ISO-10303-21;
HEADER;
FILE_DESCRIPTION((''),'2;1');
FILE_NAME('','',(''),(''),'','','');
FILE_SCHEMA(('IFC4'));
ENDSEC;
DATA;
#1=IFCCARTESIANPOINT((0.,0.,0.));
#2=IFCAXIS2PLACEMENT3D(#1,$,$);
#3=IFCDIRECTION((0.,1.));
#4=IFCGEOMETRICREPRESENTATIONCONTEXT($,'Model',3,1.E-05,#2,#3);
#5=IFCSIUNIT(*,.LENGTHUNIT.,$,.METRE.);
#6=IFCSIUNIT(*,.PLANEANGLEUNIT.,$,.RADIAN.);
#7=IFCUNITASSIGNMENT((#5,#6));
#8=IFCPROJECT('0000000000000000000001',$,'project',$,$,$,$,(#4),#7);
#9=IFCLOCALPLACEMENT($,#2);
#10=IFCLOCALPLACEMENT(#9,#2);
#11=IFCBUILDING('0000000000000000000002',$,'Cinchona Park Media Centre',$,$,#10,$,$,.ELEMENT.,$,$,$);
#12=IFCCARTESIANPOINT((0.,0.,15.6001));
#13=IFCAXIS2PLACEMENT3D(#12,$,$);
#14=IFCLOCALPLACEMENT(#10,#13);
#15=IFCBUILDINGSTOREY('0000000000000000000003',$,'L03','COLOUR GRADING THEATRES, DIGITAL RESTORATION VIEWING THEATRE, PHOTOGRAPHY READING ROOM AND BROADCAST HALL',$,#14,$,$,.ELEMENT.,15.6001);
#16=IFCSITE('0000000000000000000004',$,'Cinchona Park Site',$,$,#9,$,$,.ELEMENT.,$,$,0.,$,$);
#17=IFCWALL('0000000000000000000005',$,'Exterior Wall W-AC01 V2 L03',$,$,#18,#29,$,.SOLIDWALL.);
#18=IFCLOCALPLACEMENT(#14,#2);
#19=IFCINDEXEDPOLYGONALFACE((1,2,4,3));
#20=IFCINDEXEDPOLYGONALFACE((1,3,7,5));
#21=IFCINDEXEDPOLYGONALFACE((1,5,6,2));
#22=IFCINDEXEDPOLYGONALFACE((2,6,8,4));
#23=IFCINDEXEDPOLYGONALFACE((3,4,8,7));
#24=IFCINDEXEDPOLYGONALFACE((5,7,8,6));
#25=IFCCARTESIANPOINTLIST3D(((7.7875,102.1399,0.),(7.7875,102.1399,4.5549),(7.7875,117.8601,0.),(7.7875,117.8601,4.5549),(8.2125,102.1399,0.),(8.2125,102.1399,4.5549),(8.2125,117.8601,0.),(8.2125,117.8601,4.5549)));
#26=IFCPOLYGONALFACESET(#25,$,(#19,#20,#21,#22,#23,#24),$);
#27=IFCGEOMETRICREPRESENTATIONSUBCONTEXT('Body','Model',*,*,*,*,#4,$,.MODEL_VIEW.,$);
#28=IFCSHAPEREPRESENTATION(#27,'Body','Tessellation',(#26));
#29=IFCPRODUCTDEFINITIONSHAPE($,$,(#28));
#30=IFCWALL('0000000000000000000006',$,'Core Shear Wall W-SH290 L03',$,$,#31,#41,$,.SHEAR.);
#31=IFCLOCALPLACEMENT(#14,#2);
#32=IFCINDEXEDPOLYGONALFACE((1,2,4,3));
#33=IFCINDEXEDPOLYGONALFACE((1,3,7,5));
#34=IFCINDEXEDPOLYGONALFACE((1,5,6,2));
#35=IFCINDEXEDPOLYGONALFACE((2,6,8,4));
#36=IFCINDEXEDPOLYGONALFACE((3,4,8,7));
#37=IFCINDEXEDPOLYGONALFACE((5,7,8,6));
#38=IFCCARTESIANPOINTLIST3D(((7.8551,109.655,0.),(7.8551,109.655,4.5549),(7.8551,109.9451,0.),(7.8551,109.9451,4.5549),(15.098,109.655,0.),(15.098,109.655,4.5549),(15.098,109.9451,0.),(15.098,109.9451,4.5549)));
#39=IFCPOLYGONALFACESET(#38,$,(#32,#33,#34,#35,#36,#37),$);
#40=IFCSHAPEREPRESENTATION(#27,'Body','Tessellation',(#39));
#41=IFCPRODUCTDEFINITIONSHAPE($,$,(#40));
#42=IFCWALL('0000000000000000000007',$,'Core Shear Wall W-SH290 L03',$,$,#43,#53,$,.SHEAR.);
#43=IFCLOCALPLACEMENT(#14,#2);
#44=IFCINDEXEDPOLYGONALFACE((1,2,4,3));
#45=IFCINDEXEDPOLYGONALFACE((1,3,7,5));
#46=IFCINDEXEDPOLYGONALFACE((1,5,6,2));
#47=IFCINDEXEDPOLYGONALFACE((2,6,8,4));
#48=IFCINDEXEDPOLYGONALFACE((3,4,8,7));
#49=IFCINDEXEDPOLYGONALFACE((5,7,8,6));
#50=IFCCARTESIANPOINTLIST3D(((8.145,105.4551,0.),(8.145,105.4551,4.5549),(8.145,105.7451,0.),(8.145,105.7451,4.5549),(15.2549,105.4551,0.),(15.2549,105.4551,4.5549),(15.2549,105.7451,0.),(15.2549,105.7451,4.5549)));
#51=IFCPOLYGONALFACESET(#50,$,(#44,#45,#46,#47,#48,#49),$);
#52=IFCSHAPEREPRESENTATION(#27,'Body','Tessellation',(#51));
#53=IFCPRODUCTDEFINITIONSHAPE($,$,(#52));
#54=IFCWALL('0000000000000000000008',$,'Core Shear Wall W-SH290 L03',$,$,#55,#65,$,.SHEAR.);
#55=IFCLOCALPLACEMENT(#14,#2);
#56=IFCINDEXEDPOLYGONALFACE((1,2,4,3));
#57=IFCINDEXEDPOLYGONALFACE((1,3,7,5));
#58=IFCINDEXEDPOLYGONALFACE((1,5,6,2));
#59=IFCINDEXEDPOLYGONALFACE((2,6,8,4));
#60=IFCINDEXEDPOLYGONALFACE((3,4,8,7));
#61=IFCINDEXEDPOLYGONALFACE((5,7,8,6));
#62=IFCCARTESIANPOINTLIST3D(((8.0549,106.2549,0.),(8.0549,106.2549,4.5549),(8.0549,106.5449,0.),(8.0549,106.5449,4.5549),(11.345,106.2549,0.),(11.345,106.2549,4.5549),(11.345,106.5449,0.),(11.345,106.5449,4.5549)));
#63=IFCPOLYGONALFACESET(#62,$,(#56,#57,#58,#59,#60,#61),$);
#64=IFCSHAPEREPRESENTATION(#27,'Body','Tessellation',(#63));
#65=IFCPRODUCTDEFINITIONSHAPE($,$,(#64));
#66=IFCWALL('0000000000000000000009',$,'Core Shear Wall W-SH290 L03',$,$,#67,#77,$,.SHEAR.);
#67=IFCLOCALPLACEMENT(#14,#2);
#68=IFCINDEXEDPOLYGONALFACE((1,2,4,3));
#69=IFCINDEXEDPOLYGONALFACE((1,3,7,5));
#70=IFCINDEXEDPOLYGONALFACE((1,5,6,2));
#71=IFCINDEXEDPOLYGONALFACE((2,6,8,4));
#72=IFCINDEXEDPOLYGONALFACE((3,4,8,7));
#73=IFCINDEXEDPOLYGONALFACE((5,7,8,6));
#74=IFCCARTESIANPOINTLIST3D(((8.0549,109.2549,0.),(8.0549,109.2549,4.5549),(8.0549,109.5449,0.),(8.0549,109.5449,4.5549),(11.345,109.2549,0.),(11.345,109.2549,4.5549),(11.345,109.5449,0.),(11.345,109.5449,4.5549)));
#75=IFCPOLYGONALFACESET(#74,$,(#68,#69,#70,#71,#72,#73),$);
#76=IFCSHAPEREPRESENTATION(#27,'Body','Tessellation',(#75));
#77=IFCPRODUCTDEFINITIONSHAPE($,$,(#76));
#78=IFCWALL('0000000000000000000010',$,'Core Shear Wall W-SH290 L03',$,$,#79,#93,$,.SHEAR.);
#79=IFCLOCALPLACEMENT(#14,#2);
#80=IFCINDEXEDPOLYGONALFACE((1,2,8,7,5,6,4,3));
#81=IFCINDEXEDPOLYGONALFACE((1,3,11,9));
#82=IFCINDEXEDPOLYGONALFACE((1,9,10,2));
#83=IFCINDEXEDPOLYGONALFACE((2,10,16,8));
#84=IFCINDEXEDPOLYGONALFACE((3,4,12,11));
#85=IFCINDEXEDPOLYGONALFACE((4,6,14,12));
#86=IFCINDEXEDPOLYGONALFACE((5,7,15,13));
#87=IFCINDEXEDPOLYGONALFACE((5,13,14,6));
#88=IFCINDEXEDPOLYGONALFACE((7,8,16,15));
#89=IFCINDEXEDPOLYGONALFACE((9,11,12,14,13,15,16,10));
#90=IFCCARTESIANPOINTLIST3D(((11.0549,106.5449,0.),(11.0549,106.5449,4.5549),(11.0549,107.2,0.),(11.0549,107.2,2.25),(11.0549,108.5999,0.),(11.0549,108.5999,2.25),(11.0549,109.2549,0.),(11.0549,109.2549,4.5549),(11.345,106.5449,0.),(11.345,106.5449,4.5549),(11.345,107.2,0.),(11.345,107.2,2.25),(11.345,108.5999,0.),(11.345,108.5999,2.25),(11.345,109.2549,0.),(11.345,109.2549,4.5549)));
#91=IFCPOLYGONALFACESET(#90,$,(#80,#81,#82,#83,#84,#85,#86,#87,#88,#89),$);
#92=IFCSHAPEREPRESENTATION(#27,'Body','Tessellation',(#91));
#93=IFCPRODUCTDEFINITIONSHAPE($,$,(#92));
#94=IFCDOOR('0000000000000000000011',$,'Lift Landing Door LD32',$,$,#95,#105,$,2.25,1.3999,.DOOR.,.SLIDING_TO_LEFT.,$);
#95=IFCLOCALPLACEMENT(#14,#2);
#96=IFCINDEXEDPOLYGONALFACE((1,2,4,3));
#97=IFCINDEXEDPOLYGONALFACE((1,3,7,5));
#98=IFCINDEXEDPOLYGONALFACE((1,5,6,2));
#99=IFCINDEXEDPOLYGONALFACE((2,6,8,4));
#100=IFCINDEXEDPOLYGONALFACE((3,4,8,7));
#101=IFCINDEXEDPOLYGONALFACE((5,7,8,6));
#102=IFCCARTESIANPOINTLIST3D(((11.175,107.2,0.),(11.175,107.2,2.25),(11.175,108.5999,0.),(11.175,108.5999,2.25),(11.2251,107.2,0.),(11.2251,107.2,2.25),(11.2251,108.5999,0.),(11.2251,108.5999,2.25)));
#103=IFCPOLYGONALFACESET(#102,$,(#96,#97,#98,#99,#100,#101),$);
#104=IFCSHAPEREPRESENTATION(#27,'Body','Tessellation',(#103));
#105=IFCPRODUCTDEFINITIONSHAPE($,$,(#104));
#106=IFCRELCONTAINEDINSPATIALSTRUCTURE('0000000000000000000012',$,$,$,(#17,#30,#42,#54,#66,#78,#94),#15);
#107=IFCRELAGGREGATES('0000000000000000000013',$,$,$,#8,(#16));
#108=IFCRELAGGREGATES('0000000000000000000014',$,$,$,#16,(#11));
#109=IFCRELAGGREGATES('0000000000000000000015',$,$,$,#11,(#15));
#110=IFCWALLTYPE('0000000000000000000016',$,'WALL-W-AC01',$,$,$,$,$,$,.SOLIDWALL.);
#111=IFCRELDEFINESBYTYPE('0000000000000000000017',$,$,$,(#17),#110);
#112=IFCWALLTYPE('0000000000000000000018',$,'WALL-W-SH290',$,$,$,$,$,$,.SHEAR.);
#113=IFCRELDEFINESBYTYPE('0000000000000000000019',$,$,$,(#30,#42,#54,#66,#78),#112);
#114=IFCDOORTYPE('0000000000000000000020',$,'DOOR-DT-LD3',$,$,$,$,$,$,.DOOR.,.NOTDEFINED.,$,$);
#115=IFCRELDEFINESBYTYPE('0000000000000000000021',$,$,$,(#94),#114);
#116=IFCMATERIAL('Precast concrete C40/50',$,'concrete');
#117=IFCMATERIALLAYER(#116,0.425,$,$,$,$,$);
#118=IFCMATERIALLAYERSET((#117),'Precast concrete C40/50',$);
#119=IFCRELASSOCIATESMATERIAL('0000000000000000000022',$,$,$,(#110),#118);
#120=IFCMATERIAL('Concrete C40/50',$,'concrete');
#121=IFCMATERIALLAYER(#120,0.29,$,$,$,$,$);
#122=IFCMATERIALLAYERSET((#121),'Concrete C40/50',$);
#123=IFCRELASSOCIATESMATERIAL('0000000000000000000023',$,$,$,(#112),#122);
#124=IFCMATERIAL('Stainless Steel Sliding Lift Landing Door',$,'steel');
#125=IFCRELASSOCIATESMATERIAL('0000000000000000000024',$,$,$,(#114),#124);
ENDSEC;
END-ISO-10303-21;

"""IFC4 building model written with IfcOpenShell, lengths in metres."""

from ifc_helpers import new_model, si_unit, direction, frame, frame_2d, origin, place, context, subcontext, project, spatial, rectangle, extrude, material, layer, layer_set, type_object, element, fill, save


model = new_model("IFC4")

# Units and contexts
model_context = context("Model", 3, precision=1e-05, world=origin(), true_north=direction((0.0, 1.0)))
body_context = subcontext(model_context, "Body", "Model", "MODEL_VIEW")
ifc_project = project(units=[si_unit("LENGTHUNIT", "METRE"), si_unit("PLANEANGLEUNIT", "RADIAN")], contexts=[model_context])

# Site, building, storey
site_placement = place(None, origin())
site = spatial("IfcSite", under=ifc_project, at=site_placement, Name="Cinchona Park Site", CompositionType="ELEMENT", RefElevation=0.0)
building_placement = place(site_placement, origin())
building = spatial("IfcBuilding", under=site, at=building_placement, Name="Cinchona Park Media Centre", CompositionType="ELEMENT")
storey_placement = place(building_placement, frame((0.0, 0.0, 15.6001)))
storey = spatial("IfcBuildingStorey", under=building, at=storey_placement, Name="L03", Description="COLOUR GRADING THEATRES, DIGITAL RESTORATION VIEWING THEATRE, PHOTOGRAPHY READING ROOM AND BROADCAST HALL", CompositionType="ELEMENT", Elevation=15.6001)

# Walls
ifc_material_1 = material(Name="Precast concrete C40/50", Category="concrete")
ifc_layer_1 = layer(ifc_material_1, 0.425)
ifc_layer_set_1 = layer_set([ifc_layer_1], Name="Precast concrete C40/50")
wall_type_1 = type_object("IfcWallType", Name="WALL-W-AC01", PredefinedType="SOLIDWALL", material=ifc_layer_set_1)
wall_1_placement = place(storey_placement, frame((8.0, 102.1399, 0.0), z_axis=(0.0, 0.0, 1.0), x_axis=(0.0, 1.0, 0.0)))
element("IfcWall", 1, at=wall_1_placement, inside=storey, type_object=wall_type_1, Name="Exterior Wall W-AC01 V2 L03", PredefinedType="SOLIDWALL", context=body_context, shape_type="SweptSolid", body=[
    extrude(rectangle(XDim=15.7202, YDim=0.425, at=frame_2d((7.8601, 0.0))), origin(), (0.0, 0.0, 1.0), 4.5549),
])
ifc_material_2 = material(Name="Concrete C40/50", Category="concrete")
ifc_layer_2 = layer(ifc_material_2, 0.29)
ifc_layer_set_2 = layer_set([ifc_layer_2], Name="Concrete C40/50")
wall_type_2 = type_object("IfcWallType", Name="WALL-W-SH290", PredefinedType="SHEAR", material=ifc_layer_set_2)
wall_2_placement = place(storey_placement, frame((7.855, 109.8, 0.0), z_axis=(0.0, 0.0, 1.0), x_axis=(1.0, 0.0, 0.0)))
element("IfcWall", 2, at=wall_2_placement, inside=storey, type_object=wall_type_2, Name="Core Shear Wall W-SH290 L03", PredefinedType="SHEAR", context=body_context, shape_type="SweptSolid", body=[
    extrude(rectangle(XDim=7.2429, YDim=0.29, at=frame_2d((3.6216, 0.0))), origin(), (0.0, 0.0, 1.0), 4.5549),
])

# Walls
wall_3_placement = place(storey_placement, frame((8.145, 105.6001, 0.0), z_axis=(0.0, 0.0, 1.0), x_axis=(1.0, 0.0, 0.0)))
element("IfcWall", 3, at=wall_3_placement, inside=storey, type_object=wall_type_2, Name="Core Shear Wall W-SH290 L03", PredefinedType="SHEAR", context=body_context, shape_type="SweptSolid", body=[
    extrude(rectangle(XDim=7.1099, YDim=0.29, at=frame_2d((3.5549, 0.0))), origin(), (0.0, 0.0, 1.0), 4.5549),
])
for number, where, z_axis, x_axis, name in (
    (4, (8.0549, 106.3999, 0.0), (0.0, 0.0, 1.0), (1.0, 0.0, 0.0), "Core Shear Wall W-SH290 L03"),
    (5, (8.0549, 109.3999, 0.0), (0.0, 0.0, 1.0), (1.0, 0.0, 0.0), "Core Shear Wall W-SH290 L03"),
):
    element("IfcWall", number, at=place(storey_placement, frame(where, z_axis=z_axis, x_axis=x_axis)), inside=storey, type_object=wall_type_2, Name=name, PredefinedType="SHEAR", context=body_context, shape_type="SweptSolid", body=[
        extrude(rectangle(XDim=3.29, YDim=0.29, at=frame_2d((1.645, 0.0))), origin(), (0.0, 0.0, 1.0), 4.5549),
    ])

# Wall, opening, door
wall_4_placement = place(storey_placement, frame((11.2, 106.5449, 0.0), z_axis=(0.0, 0.0, 1.0), x_axis=(0.0, 1.0, 0.0)))
wall_4 = element("IfcWall", 6, at=wall_4_placement, inside=storey, type_object=wall_type_2, Name="Core Shear Wall W-SH290 L03", PredefinedType="SHEAR", context=body_context, shape_type="SweptSolid", body=[
    extrude(rectangle(XDim=2.71, YDim=0.29, at=frame_2d((1.355, 0.0))), origin(), (0.0, 0.0, 1.0), 4.5549),
])
opening_1_placement = place(wall_4_placement, frame((0.655, 0.0, 0.0)))
opening_1 = element("IfcOpeningElement", 7, at=opening_1_placement, cuts=wall_4, PredefinedType="OPENING", context=body_context, shape_type="SweptSolid", body=[
    extrude(rectangle(XDim=1.3999, YDim=2.25, at=frame_2d((0.7, 1.125))), frame((0.0, 0.155, 0.0), z_axis=(0.0, -1.0, 0.0), x_axis=(1.0, 0.0, 0.0)), (0.0, 0.0, 1.0), 0.3101),
])
ifc_material_3 = material(Name="Stainless Steel Sliding Lift Landing Door", Category="steel")
door_type_1 = type_object("IfcDoorType", Name="DOOR-DT-LD3", OperationType="NOTDEFINED", PredefinedType="DOOR", material=ifc_material_3)
door_1_placement = place(opening_1_placement, origin())
door_1 = element("IfcDoor", 8, at=door_1_placement, inside=storey, type_object=door_type_1, Name="Lift Landing Door LD32", OperationType="SLIDING_TO_LEFT", OverallHeight=2.25, OverallWidth=1.3999, PredefinedType="DOOR", context=body_context, shape_type="SweptSolid", body=[
    extrude(rectangle(XDim=1.3999, YDim=2.25, at=frame_2d((0.7, 1.125))), frame((0.0, 0.0249, 0.0), z_axis=(0.0, -1.0, 0.0), x_axis=(1.0, 0.0, 0.0)), (0.0, 0.0, 1.0), 0.05),
])
fill(opening_1, door_1)

save(model, "model.ifc")
